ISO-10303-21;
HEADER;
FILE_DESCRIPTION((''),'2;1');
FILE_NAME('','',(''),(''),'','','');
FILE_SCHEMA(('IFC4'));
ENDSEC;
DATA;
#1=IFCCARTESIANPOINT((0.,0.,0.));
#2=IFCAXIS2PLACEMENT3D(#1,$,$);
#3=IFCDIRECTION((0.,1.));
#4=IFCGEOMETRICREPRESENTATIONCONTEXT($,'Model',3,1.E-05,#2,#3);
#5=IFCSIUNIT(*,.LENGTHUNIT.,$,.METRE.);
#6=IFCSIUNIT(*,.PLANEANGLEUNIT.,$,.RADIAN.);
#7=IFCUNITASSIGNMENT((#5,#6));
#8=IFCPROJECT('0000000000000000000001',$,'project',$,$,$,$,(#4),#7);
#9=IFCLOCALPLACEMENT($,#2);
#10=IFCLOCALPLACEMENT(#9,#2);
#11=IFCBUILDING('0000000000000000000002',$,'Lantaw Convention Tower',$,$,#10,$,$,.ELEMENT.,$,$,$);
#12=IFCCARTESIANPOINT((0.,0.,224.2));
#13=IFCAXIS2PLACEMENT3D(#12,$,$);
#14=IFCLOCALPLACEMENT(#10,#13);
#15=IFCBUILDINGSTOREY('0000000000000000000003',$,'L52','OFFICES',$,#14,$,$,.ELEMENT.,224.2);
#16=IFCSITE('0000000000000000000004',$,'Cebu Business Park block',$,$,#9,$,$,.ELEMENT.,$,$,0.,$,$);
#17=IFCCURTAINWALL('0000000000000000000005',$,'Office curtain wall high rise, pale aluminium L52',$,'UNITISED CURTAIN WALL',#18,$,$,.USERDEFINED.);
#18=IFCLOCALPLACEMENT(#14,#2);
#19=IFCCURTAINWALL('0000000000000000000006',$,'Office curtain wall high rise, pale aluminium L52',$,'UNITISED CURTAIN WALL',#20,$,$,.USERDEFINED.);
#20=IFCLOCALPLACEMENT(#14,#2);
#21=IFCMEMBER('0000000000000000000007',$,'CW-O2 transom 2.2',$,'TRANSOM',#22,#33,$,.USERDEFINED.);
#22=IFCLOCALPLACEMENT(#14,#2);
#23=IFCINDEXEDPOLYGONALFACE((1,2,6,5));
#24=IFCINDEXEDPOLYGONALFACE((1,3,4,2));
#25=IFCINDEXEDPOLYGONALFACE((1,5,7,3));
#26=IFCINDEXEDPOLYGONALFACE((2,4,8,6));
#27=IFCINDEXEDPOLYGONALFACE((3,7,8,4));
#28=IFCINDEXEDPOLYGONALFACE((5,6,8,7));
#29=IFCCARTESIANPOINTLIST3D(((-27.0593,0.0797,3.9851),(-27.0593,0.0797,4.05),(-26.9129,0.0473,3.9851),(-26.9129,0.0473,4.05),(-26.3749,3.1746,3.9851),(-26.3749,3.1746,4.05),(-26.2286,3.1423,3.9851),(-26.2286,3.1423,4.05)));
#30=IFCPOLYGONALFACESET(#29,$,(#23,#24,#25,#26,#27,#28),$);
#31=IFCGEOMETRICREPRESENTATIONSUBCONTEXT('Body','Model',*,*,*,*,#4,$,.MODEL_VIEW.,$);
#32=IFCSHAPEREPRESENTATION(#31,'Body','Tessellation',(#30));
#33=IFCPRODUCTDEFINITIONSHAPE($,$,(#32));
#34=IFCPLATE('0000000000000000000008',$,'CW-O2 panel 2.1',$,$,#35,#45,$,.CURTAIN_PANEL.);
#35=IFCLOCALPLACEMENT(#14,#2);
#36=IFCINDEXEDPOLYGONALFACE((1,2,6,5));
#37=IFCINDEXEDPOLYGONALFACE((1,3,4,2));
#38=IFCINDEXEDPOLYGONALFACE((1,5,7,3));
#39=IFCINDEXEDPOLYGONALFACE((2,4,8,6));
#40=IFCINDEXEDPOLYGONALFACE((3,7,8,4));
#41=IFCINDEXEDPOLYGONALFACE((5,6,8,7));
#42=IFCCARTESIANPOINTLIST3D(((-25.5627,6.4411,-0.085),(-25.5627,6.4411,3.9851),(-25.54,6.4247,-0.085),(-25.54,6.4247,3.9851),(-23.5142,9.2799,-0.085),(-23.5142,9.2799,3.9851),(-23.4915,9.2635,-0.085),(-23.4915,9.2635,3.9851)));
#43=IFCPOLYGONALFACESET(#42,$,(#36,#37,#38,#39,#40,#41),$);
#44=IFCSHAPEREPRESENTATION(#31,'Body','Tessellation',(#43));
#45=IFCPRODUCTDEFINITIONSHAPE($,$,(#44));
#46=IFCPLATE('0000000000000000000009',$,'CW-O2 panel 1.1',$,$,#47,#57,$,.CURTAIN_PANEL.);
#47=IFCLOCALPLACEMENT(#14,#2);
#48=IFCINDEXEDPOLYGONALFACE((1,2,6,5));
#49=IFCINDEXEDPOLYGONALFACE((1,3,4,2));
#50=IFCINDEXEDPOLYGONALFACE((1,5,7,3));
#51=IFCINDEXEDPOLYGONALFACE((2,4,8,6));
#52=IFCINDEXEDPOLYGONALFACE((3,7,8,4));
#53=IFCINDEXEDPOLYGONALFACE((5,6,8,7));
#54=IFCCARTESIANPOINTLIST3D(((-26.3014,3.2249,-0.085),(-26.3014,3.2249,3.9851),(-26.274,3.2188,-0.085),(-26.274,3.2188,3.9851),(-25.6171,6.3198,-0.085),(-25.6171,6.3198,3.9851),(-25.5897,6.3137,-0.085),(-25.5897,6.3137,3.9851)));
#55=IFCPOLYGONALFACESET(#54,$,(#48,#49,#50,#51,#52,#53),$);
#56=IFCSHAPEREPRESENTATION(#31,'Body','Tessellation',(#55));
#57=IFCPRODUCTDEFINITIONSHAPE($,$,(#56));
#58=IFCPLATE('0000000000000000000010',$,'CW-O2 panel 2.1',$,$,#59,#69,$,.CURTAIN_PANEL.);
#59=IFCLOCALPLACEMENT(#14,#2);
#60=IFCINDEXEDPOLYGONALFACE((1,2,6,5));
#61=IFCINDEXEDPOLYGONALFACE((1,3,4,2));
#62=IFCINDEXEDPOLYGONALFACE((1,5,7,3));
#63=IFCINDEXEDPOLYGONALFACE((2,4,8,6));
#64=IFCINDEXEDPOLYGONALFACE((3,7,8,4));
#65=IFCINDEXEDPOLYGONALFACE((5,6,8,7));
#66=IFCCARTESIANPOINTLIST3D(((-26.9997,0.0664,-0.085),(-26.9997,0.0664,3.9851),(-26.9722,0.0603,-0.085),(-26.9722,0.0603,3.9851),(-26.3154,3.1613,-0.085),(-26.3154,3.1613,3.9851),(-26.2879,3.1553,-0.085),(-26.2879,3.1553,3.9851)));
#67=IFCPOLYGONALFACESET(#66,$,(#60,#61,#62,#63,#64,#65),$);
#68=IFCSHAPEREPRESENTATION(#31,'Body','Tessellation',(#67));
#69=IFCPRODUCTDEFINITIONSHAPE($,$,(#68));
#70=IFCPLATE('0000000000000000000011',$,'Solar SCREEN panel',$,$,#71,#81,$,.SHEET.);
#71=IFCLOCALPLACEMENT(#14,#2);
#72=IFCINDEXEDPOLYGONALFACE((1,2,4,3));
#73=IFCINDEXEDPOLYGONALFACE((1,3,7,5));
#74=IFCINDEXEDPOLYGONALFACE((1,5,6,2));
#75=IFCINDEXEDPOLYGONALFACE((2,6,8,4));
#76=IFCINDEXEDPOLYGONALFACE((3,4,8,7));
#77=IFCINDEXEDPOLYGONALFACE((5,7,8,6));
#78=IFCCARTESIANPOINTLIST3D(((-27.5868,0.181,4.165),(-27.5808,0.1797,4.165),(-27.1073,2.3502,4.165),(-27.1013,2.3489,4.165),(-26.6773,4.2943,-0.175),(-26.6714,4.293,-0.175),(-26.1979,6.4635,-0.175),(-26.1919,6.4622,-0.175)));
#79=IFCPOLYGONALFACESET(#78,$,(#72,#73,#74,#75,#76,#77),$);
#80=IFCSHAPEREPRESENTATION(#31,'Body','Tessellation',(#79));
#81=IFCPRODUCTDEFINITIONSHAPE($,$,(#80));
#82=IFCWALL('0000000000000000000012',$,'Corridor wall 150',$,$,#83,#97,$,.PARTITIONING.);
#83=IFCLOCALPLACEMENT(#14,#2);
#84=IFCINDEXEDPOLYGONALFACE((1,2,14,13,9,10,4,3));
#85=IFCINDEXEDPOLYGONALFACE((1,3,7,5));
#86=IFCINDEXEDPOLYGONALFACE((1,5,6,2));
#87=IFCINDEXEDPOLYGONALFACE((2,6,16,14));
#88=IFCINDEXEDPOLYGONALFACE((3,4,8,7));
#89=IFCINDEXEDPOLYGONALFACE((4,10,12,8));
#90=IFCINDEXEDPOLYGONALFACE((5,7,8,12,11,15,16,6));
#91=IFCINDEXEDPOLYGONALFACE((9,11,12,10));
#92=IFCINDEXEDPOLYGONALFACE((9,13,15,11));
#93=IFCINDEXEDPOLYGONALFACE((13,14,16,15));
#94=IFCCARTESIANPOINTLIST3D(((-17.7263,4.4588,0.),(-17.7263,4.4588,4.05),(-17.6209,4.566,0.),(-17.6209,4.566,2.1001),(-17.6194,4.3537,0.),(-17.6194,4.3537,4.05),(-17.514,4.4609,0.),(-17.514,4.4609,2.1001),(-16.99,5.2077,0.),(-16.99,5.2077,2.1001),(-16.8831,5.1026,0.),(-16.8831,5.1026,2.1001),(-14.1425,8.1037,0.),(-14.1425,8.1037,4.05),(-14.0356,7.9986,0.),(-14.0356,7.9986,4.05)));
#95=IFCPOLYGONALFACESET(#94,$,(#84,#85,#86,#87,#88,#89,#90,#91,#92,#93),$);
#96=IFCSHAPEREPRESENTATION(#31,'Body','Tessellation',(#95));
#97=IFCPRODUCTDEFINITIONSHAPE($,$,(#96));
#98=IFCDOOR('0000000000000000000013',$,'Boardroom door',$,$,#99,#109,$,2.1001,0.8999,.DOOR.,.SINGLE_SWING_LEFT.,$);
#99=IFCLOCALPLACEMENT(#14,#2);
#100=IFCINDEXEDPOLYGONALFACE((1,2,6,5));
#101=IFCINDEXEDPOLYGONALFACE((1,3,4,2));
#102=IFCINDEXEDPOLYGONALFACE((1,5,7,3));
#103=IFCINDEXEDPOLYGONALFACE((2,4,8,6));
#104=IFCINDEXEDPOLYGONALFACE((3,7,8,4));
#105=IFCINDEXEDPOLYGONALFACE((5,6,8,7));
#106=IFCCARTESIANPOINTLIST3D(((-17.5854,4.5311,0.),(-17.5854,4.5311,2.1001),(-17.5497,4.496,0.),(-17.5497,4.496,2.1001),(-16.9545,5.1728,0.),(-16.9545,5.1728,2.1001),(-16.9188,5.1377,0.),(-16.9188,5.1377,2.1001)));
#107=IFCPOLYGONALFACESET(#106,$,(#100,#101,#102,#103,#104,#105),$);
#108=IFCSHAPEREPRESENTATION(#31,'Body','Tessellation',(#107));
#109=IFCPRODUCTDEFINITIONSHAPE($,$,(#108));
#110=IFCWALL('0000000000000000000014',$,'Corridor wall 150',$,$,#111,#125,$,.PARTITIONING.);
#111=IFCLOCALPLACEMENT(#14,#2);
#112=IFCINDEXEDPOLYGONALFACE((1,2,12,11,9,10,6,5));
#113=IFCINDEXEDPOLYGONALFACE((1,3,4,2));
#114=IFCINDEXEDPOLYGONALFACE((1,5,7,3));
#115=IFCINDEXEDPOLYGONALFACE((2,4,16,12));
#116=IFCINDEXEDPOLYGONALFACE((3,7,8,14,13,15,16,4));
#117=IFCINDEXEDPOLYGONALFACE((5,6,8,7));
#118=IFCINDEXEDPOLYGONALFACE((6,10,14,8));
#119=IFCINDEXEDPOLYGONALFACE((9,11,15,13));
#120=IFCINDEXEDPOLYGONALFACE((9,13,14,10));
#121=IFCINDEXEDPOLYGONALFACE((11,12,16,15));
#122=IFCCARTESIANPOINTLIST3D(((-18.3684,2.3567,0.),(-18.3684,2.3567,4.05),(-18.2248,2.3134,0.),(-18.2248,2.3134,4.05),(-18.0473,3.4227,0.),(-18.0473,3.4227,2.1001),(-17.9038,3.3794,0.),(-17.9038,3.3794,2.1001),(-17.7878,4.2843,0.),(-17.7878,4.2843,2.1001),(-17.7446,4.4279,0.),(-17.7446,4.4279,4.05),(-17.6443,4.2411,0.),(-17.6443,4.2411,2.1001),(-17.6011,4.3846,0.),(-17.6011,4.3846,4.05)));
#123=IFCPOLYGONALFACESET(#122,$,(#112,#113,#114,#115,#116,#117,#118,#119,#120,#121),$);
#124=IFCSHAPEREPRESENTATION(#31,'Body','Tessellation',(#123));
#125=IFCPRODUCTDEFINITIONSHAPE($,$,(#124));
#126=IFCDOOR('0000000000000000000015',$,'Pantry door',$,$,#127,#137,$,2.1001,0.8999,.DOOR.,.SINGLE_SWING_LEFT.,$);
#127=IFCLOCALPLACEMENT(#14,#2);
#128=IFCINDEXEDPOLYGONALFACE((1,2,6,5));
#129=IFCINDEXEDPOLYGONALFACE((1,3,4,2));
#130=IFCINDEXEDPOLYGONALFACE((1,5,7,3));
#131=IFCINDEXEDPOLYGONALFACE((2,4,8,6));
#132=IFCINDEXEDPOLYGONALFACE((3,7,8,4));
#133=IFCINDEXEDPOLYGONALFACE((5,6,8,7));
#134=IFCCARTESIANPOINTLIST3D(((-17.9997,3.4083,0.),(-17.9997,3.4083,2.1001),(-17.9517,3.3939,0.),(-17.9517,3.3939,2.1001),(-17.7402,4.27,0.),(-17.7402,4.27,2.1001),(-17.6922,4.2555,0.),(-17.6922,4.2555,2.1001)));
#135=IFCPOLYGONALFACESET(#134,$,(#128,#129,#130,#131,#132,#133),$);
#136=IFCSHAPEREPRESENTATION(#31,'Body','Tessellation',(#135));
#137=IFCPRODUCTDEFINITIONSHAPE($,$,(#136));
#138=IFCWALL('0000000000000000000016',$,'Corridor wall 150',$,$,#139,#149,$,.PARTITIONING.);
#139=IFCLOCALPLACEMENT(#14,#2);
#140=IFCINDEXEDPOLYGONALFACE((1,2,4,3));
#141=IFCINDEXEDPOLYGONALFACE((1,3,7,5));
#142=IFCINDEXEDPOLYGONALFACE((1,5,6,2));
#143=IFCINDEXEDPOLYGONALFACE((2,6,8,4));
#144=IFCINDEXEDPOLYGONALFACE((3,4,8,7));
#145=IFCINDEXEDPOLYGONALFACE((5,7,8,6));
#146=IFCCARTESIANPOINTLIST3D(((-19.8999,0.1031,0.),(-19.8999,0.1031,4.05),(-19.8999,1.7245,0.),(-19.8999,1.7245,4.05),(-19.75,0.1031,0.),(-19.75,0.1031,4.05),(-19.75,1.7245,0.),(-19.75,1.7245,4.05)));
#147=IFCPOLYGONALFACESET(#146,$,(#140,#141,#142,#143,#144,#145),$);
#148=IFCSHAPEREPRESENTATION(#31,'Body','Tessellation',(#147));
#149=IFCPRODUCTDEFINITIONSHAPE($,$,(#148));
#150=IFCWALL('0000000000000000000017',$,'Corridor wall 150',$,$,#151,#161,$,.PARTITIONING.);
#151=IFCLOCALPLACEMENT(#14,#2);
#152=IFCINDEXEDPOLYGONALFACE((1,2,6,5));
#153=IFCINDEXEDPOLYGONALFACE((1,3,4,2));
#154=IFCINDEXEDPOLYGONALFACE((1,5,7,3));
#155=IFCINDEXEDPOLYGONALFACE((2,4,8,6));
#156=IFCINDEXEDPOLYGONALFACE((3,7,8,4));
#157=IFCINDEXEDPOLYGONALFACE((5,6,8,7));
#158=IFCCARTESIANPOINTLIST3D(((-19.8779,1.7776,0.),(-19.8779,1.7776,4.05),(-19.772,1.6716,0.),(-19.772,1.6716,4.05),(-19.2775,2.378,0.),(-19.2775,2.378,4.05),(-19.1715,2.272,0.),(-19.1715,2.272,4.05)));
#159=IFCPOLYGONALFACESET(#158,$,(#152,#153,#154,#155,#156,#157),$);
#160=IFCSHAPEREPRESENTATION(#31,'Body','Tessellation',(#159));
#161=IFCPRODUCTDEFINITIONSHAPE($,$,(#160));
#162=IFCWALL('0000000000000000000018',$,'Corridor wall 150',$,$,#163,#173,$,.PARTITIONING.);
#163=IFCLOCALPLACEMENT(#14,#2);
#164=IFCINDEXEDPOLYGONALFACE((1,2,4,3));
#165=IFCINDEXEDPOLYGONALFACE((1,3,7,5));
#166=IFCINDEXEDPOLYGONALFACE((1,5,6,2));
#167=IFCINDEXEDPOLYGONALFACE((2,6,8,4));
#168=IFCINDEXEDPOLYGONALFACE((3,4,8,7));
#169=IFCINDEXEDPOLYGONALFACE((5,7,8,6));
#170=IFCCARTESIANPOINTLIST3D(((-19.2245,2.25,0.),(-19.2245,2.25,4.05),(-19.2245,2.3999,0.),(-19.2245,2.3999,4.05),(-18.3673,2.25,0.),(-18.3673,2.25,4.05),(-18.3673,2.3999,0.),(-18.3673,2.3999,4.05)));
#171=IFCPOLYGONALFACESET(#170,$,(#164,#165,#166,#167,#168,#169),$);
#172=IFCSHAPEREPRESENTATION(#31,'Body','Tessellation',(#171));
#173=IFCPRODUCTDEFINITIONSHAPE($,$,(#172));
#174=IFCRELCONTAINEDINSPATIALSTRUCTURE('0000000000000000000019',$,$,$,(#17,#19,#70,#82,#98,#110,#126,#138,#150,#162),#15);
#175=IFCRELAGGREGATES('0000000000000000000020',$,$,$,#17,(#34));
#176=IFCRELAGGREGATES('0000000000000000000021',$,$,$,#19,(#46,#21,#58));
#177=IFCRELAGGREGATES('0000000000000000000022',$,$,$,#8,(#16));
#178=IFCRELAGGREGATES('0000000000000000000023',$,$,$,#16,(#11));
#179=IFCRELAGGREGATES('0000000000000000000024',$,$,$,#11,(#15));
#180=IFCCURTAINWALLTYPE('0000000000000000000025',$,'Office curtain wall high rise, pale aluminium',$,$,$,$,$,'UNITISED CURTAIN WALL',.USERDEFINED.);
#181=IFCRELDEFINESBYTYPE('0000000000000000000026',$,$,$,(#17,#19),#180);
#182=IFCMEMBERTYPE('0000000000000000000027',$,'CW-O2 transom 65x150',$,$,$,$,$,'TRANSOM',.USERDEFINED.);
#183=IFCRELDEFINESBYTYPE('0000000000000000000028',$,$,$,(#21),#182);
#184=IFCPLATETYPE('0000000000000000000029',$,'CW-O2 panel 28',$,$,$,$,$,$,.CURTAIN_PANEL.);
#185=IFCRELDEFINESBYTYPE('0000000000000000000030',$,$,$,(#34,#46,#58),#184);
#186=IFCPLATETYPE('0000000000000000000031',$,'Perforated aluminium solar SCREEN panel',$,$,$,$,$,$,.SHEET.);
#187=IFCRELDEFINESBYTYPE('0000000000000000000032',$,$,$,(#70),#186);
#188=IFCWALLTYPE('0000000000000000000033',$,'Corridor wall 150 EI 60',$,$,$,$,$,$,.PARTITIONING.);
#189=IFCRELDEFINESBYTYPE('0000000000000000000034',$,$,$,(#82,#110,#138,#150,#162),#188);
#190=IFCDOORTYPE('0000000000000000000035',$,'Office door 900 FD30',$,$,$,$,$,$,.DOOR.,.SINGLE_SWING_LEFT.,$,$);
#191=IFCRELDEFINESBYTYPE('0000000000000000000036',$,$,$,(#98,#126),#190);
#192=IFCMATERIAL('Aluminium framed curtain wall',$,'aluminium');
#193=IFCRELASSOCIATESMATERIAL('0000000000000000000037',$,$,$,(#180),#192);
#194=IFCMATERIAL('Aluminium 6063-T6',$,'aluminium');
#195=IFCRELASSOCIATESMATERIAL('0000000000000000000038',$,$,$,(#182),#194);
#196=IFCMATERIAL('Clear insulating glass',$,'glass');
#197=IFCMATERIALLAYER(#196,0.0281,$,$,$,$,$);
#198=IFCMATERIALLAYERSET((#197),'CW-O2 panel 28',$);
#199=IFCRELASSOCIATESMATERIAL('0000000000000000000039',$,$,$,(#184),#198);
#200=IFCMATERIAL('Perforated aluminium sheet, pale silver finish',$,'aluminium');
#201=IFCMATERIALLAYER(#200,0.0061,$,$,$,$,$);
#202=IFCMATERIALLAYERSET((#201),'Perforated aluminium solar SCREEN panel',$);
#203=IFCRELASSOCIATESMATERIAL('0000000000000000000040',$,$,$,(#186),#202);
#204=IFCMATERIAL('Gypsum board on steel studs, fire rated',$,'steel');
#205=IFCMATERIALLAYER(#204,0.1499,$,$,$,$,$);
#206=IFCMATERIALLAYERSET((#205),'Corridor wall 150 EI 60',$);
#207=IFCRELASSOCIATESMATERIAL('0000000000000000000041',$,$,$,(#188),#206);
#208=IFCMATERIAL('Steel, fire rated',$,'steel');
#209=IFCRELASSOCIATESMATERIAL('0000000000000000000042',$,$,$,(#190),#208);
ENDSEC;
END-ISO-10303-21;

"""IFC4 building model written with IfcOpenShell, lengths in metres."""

from ifc_helpers import new_model, si_unit, direction, frame, frame_2d, origin, origin_2d, place, context, subcontext, project, spatial, polyline, rectangle, outline, extrude, material, layer, layer_set, material_profile, profile_set, type_object, element, fill, aggregate, save


model = new_model("IFC4")

# Units and contexts
model_context = context("Model", 3, precision=1e-05, world=origin(), true_north=direction((0.0, 1.0)))
body_context = subcontext(model_context, "Body", "Model", "MODEL_VIEW")
ifc_project = project(units=[si_unit("LENGTHUNIT", "METRE"), si_unit("PLANEANGLEUNIT", "RADIAN")], contexts=[model_context])

# Site, building, storey
site_placement = place(None, origin())
site = spatial("IfcSite", under=ifc_project, at=site_placement, Name="Cebu Business Park block", CompositionType="ELEMENT", RefElevation=0.0)
building_placement = place(site_placement, origin())
building = spatial("IfcBuilding", under=site, at=building_placement, Name="Lantaw Convention Tower", CompositionType="ELEMENT")
storey_placement = place(building_placement, frame((0.0, 0.0, 224.2)))
storey = spatial("IfcBuildingStorey", under=building, at=storey_placement, Name="L52", Description="OFFICES", CompositionType="ELEMENT", Elevation=224.2)

# Curtain wall
ifc_material_1 = material(Name="Aluminium framed curtain wall", Category="aluminium")
curtain_wall_type = type_object("IfcCurtainWallType", Name="Office curtain wall high rise, pale aluminium", ElementType="UNITISED CURTAIN WALL", PredefinedType="USERDEFINED", material=ifc_material_1)
curtain_wall_1_placement = place(storey_placement, origin())
curtain_wall_1 = element("IfcCurtainWall", 1, at=curtain_wall_1_placement, inside=storey, type_object=curtain_wall_type, Name="Office curtain wall high rise, pale aluminium L52", ObjectType="UNITISED CURTAIN WALL", PredefinedType="USERDEFINED")
ifc_material_2 = material(Name="Aluminium 6063-T6", Category="aluminium")

# Curtain wall, member
curtain_wall_2_placement = place(storey_placement, origin())
curtain_wall_2 = element("IfcCurtainWall", 2, at=curtain_wall_2_placement, inside=storey, type_object=curtain_wall_type, Name="Office curtain wall high rise, pale aluminium L52", ObjectType="UNITISED CURTAIN WALL", PredefinedType="USERDEFINED")
ifc_material_profile_1 = material_profile(ifc_material_2, rectangle(XDim=0.1499, YDim=0.0649, at=origin_2d()), Name="CW-O2 transom 65x150")
ifc_profile_set_1 = profile_set([ifc_material_profile_1], Name="Aluminium 6063-T6")
member_type_1 = type_object("IfcMemberType", Name="CW-O2 transom 65x150", ElementType="TRANSOM", PredefinedType="USERDEFINED", material=ifc_profile_set_1)
member_1_placement = place(storey_placement, frame((-26.3018, 3.1584, 4.0176), z_axis=(-0.215895, -0.976417, 0.0), x_axis=(0.976417, -0.215895, 0.0)))
member_1 = element("IfcMember", 3, at=member_1_placement, type_object=member_type_1, Name="CW-O2 transom 2.2", ObjectType="TRANSOM", PredefinedType="USERDEFINED", context=body_context, shape_type="SweptSolid", body=[
    extrude(rectangle(XDim=0.1499, YDim=0.0649, at=origin_2d()), origin(), (0.0, 0.0, 1.0), 3.1697),
])

# Plates
ifc_material_3 = material(Name="Clear insulating glass", Category="glass")
ifc_layer_1 = layer(ifc_material_3, 0.0281)
ifc_layer_set_1 = layer_set([ifc_layer_1], Name="CW-O2 panel 28")
plate_type_1 = type_object("IfcPlateType", Name="CW-O2 panel 28", PredefinedType="CURTAIN_PANEL", material=ifc_layer_set_1)
plate_1_placement = place(storey_placement, frame((-24.5271, 7.8523, -0.085), z_axis=(0.0, 0.0, 1.0), x_axis=(-0.585158, -0.81092, 0.0)))
plate_1 = element("IfcPlate", 4, at=plate_1_placement, type_object=plate_type_1, Name="CW-O2 panel 2.1", PredefinedType="CURTAIN_PANEL", context=body_context, shape_type="SweptSolid", body=[
    extrude(rectangle(XDim=3.5007, YDim=0.0281, at=origin_2d()), origin(), (0.0, 0.0, 1.0), 4.0701),
])
aggregate(curtain_wall_1, [plate_1])
plate_2_placement = place(storey_placement, frame((-25.9456, 4.7693, -0.085), z_axis=(0.0, 0.0, 1.0), x_axis=(-0.215891, -0.976417, 0.0)))
plate_2 = element("IfcPlate", 5, at=plate_2_placement, type_object=plate_type_1, Name="CW-O2 panel 1.1", PredefinedType="CURTAIN_PANEL", context=body_context, shape_type="SweptSolid", body=[
    extrude(rectangle(XDim=3.1697, YDim=0.0281, at=origin_2d()), origin(), (0.0, 0.0, 1.0), 4.0701),
])
plate_3_placement = place(storey_placement, frame((-26.6438, 1.6108, -0.085), z_axis=(0.0, 0.0, 1.0), x_axis=(-0.215891, -0.976417, 0.0)))
plate_3 = element("IfcPlate", 6, at=plate_3_placement, type_object=plate_type_1, Name="CW-O2 panel 2.1", PredefinedType="CURTAIN_PANEL", context=body_context, shape_type="SweptSolid", body=[
    extrude(rectangle(XDim=3.1697, YDim=0.0281, at=origin_2d()), origin(), (0.0, 0.0, 1.0), 4.0701),
])
aggregate(curtain_wall_2, [plate_2, member_1, plate_3])
ifc_material_4 = material(Name="Perforated aluminium sheet, pale silver finish", Category="aluminium")
ifc_layer_2 = layer(ifc_material_4, 0.0061)
ifc_layer_set_2 = layer_set([ifc_layer_2], Name="Perforated aluminium solar SCREEN panel")
plate_type_2 = type_object("IfcPlateType", Name="Perforated aluminium solar SCREEN panel", PredefinedType="SHEET", material=ifc_layer_set_2)
plate_4_placement = place(storey_placement, frame((-26.1919, 6.4622, -0.175), z_axis=(0.97643, -0.215837, 0.000044), x_axis=(-0.215837, -0.97643, 0.0)))
element("IfcPlate", 7, at=plate_4_placement, inside=storey, type_object=plate_type_2, Name="Solar SCREEN panel", PredefinedType="SHEET", context=body_context, shape_type="SweptSolid", body=[
    extrude(outline(polyline([(0.0, 0.0), (2.2216, 0.0), (6.4342, -4.3401), (4.2126, -4.3401), (0.0, 0.0)])), origin(), (0.0, 0.0, -1.0), 0.0061),
])

# Walls, openings, doors
ifc_material_5 = material(Name="Gypsum board on steel studs, fire rated", Category="steel")
ifc_layer_3 = layer(ifc_material_5, 0.1499)
ifc_layer_set_3 = layer_set([ifc_layer_3], Name="Corridor wall 150 EI 60")
wall_type_1 = type_object("IfcWallType", Name="Corridor wall 150 EI 60", PredefinedType="PARTITIONING", material=ifc_layer_set_3)
wall_1_placement = place(storey_placement, frame((-14.0891, 8.051, 0.0), z_axis=(0.0, 0.0, 1.0), x_axis=(-0.701111, -0.713052, 0.0)))
wall_1 = element("IfcWall", 8, at=wall_1_placement, inside=storey, type_object=wall_type_1, Name="Corridor wall 150", PredefinedType="PARTITIONING", context=body_context, shape_type="SweptSolid", body=[
    extrude(rectangle(XDim=5.1116, YDim=0.1499, at=frame_2d((2.5557, 0.0))), origin(), (0.0, 0.0, 1.0), 4.05),
])
opening_1_placement = place(wall_1_placement, frame((4.0613, 0.0, 0.0)))
opening_1 = element("IfcOpeningElement", 9, at=opening_1_placement, cuts=wall_1, PredefinedType="OPENING", context=body_context, shape_type="SweptSolid", body=[
    extrude(rectangle(XDim=0.8999, YDim=2.1001, at=frame_2d((0.45, 1.05))), frame((0.0, 0.085, 0.0), z_axis=(0.0, -1.0, 0.0), x_axis=(1.0, 0.0, 0.0)), (0.0, 0.0, 1.0), 0.1699),
])
ifc_material_6 = material(Name="Steel, fire rated", Category="steel")
door_type_1 = type_object("IfcDoorType", Name="Office door 900 FD30", OperationType="SINGLE_SWING_LEFT", PredefinedType="DOOR", material=ifc_material_6)
door_1_placement = place(opening_1_placement, origin())
door_1 = element("IfcDoor", 10, at=door_1_placement, inside=storey, type_object=door_type_1, Name="Boardroom door", OperationType="SINGLE_SWING_LEFT", OverallHeight=2.1001, OverallWidth=0.8999, PredefinedType="DOOR", context=body_context, shape_type="SweptSolid", body=[
    extrude(rectangle(XDim=0.8999, YDim=2.1001, at=frame_2d((0.45, 1.05))), frame((0.0, 0.0249, 0.0), z_axis=(0.0, -1.0, 0.0), x_axis=(1.0, 0.0, 0.0)), (0.0, 0.0, 1.0), 0.05),
])
fill(opening_1, door_1)
wall_2_placement = place(storey_placement, frame((-17.6729, 4.4062, 0.0), z_axis=(0.0, 0.0, 1.0), x_axis=(-0.288362, -0.957521, 0.0)))
wall_2 = element("IfcWall", 11, at=wall_2_placement, inside=storey, type_object=wall_type_1, Name="Corridor wall 150", PredefinedType="PARTITIONING", context=body_context, shape_type="SweptSolid", body=[
    extrude(rectangle(XDim=2.1631, YDim=0.1499, at=frame_2d((1.0815, 0.0))), origin(), (0.0, 0.0, 1.0), 4.05),
])
opening_2_placement = place(wall_2_placement, frame((0.1499, 0.0, 0.0)))
opening_2 = element("IfcOpeningElement", 12, at=opening_2_placement, cuts=wall_2, PredefinedType="OPENING", context=body_context, shape_type="SweptSolid", body=[
    extrude(rectangle(XDim=0.8999, YDim=2.1001, at=frame_2d((0.45, 1.05))), frame((0.0, 0.085, 0.0), z_axis=(0.0, -1.0, 0.0), x_axis=(1.0, 0.0, 0.0)), (0.0, 0.0, 1.0), 0.1699),
])
door_2_placement = place(opening_2_placement, origin())
door_2 = element("IfcDoor", 13, at=door_2_placement, inside=storey, type_object=door_type_1, Name="Pantry door", OperationType="SINGLE_SWING_LEFT", OverallHeight=2.1001, OverallWidth=0.8999, PredefinedType="DOOR", context=body_context, shape_type="SweptSolid", body=[
    extrude(rectangle(XDim=0.8999, YDim=2.1001, at=frame_2d((0.45, 1.05))), frame((0.0, 0.0249, 0.0), z_axis=(0.0, -1.0, 0.0), x_axis=(1.0, 0.0, 0.0)), (0.0, 0.0, 1.0), 0.05),
])
fill(opening_2, door_2)

# Walls
wall_3_placement = place(storey_placement, frame((-19.825, 0.1033, 0.0), z_axis=(0.0, 0.0, 1.0), x_axis=(0.0, 1.0, 0.0)))
element("IfcWall", 14, at=wall_3_placement, inside=storey, type_object=wall_type_1, Name="Corridor wall 150", PredefinedType="PARTITIONING", context=body_context, shape_type="SweptSolid", body=[
    extrude(rectangle(XDim=1.6213, YDim=0.1499, at=frame_2d((0.8105, 0.0))), origin(), (0.0, 0.0, 1.0), 4.05),
])
wall_4_placement = place(storey_placement, frame((-19.825, 1.7246, 0.0), z_axis=(0.0, 0.0, 1.0), x_axis=(0.707107, 0.707107, 0.0)))
element("IfcWall", 15, at=wall_4_placement, inside=storey, type_object=wall_type_1, Name="Corridor wall 150", PredefinedType="PARTITIONING", context=body_context, shape_type="SweptSolid", body=[
    extrude(rectangle(XDim=0.8491, YDim=0.1499, at=frame_2d((0.4246, 0.0))), origin(), (0.0, 0.0, 1.0), 4.05),
])
wall_5_placement = place(storey_placement, frame((-19.2246, 2.325, 0.0), z_axis=(0.0, 0.0, 1.0), x_axis=(1.0, 0.0, 0.0)))
element("IfcWall", 16, at=wall_5_placement, inside=storey, type_object=wall_type_1, Name="Corridor wall 150", PredefinedType="PARTITIONING", context=body_context, shape_type="SweptSolid", body=[
    extrude(rectangle(XDim=0.8572, YDim=0.1499, at=frame_2d((0.4287, 0.0))), origin(), (0.0, 0.0, 1.0), 4.05),
])

save(model, "model.ifc")
